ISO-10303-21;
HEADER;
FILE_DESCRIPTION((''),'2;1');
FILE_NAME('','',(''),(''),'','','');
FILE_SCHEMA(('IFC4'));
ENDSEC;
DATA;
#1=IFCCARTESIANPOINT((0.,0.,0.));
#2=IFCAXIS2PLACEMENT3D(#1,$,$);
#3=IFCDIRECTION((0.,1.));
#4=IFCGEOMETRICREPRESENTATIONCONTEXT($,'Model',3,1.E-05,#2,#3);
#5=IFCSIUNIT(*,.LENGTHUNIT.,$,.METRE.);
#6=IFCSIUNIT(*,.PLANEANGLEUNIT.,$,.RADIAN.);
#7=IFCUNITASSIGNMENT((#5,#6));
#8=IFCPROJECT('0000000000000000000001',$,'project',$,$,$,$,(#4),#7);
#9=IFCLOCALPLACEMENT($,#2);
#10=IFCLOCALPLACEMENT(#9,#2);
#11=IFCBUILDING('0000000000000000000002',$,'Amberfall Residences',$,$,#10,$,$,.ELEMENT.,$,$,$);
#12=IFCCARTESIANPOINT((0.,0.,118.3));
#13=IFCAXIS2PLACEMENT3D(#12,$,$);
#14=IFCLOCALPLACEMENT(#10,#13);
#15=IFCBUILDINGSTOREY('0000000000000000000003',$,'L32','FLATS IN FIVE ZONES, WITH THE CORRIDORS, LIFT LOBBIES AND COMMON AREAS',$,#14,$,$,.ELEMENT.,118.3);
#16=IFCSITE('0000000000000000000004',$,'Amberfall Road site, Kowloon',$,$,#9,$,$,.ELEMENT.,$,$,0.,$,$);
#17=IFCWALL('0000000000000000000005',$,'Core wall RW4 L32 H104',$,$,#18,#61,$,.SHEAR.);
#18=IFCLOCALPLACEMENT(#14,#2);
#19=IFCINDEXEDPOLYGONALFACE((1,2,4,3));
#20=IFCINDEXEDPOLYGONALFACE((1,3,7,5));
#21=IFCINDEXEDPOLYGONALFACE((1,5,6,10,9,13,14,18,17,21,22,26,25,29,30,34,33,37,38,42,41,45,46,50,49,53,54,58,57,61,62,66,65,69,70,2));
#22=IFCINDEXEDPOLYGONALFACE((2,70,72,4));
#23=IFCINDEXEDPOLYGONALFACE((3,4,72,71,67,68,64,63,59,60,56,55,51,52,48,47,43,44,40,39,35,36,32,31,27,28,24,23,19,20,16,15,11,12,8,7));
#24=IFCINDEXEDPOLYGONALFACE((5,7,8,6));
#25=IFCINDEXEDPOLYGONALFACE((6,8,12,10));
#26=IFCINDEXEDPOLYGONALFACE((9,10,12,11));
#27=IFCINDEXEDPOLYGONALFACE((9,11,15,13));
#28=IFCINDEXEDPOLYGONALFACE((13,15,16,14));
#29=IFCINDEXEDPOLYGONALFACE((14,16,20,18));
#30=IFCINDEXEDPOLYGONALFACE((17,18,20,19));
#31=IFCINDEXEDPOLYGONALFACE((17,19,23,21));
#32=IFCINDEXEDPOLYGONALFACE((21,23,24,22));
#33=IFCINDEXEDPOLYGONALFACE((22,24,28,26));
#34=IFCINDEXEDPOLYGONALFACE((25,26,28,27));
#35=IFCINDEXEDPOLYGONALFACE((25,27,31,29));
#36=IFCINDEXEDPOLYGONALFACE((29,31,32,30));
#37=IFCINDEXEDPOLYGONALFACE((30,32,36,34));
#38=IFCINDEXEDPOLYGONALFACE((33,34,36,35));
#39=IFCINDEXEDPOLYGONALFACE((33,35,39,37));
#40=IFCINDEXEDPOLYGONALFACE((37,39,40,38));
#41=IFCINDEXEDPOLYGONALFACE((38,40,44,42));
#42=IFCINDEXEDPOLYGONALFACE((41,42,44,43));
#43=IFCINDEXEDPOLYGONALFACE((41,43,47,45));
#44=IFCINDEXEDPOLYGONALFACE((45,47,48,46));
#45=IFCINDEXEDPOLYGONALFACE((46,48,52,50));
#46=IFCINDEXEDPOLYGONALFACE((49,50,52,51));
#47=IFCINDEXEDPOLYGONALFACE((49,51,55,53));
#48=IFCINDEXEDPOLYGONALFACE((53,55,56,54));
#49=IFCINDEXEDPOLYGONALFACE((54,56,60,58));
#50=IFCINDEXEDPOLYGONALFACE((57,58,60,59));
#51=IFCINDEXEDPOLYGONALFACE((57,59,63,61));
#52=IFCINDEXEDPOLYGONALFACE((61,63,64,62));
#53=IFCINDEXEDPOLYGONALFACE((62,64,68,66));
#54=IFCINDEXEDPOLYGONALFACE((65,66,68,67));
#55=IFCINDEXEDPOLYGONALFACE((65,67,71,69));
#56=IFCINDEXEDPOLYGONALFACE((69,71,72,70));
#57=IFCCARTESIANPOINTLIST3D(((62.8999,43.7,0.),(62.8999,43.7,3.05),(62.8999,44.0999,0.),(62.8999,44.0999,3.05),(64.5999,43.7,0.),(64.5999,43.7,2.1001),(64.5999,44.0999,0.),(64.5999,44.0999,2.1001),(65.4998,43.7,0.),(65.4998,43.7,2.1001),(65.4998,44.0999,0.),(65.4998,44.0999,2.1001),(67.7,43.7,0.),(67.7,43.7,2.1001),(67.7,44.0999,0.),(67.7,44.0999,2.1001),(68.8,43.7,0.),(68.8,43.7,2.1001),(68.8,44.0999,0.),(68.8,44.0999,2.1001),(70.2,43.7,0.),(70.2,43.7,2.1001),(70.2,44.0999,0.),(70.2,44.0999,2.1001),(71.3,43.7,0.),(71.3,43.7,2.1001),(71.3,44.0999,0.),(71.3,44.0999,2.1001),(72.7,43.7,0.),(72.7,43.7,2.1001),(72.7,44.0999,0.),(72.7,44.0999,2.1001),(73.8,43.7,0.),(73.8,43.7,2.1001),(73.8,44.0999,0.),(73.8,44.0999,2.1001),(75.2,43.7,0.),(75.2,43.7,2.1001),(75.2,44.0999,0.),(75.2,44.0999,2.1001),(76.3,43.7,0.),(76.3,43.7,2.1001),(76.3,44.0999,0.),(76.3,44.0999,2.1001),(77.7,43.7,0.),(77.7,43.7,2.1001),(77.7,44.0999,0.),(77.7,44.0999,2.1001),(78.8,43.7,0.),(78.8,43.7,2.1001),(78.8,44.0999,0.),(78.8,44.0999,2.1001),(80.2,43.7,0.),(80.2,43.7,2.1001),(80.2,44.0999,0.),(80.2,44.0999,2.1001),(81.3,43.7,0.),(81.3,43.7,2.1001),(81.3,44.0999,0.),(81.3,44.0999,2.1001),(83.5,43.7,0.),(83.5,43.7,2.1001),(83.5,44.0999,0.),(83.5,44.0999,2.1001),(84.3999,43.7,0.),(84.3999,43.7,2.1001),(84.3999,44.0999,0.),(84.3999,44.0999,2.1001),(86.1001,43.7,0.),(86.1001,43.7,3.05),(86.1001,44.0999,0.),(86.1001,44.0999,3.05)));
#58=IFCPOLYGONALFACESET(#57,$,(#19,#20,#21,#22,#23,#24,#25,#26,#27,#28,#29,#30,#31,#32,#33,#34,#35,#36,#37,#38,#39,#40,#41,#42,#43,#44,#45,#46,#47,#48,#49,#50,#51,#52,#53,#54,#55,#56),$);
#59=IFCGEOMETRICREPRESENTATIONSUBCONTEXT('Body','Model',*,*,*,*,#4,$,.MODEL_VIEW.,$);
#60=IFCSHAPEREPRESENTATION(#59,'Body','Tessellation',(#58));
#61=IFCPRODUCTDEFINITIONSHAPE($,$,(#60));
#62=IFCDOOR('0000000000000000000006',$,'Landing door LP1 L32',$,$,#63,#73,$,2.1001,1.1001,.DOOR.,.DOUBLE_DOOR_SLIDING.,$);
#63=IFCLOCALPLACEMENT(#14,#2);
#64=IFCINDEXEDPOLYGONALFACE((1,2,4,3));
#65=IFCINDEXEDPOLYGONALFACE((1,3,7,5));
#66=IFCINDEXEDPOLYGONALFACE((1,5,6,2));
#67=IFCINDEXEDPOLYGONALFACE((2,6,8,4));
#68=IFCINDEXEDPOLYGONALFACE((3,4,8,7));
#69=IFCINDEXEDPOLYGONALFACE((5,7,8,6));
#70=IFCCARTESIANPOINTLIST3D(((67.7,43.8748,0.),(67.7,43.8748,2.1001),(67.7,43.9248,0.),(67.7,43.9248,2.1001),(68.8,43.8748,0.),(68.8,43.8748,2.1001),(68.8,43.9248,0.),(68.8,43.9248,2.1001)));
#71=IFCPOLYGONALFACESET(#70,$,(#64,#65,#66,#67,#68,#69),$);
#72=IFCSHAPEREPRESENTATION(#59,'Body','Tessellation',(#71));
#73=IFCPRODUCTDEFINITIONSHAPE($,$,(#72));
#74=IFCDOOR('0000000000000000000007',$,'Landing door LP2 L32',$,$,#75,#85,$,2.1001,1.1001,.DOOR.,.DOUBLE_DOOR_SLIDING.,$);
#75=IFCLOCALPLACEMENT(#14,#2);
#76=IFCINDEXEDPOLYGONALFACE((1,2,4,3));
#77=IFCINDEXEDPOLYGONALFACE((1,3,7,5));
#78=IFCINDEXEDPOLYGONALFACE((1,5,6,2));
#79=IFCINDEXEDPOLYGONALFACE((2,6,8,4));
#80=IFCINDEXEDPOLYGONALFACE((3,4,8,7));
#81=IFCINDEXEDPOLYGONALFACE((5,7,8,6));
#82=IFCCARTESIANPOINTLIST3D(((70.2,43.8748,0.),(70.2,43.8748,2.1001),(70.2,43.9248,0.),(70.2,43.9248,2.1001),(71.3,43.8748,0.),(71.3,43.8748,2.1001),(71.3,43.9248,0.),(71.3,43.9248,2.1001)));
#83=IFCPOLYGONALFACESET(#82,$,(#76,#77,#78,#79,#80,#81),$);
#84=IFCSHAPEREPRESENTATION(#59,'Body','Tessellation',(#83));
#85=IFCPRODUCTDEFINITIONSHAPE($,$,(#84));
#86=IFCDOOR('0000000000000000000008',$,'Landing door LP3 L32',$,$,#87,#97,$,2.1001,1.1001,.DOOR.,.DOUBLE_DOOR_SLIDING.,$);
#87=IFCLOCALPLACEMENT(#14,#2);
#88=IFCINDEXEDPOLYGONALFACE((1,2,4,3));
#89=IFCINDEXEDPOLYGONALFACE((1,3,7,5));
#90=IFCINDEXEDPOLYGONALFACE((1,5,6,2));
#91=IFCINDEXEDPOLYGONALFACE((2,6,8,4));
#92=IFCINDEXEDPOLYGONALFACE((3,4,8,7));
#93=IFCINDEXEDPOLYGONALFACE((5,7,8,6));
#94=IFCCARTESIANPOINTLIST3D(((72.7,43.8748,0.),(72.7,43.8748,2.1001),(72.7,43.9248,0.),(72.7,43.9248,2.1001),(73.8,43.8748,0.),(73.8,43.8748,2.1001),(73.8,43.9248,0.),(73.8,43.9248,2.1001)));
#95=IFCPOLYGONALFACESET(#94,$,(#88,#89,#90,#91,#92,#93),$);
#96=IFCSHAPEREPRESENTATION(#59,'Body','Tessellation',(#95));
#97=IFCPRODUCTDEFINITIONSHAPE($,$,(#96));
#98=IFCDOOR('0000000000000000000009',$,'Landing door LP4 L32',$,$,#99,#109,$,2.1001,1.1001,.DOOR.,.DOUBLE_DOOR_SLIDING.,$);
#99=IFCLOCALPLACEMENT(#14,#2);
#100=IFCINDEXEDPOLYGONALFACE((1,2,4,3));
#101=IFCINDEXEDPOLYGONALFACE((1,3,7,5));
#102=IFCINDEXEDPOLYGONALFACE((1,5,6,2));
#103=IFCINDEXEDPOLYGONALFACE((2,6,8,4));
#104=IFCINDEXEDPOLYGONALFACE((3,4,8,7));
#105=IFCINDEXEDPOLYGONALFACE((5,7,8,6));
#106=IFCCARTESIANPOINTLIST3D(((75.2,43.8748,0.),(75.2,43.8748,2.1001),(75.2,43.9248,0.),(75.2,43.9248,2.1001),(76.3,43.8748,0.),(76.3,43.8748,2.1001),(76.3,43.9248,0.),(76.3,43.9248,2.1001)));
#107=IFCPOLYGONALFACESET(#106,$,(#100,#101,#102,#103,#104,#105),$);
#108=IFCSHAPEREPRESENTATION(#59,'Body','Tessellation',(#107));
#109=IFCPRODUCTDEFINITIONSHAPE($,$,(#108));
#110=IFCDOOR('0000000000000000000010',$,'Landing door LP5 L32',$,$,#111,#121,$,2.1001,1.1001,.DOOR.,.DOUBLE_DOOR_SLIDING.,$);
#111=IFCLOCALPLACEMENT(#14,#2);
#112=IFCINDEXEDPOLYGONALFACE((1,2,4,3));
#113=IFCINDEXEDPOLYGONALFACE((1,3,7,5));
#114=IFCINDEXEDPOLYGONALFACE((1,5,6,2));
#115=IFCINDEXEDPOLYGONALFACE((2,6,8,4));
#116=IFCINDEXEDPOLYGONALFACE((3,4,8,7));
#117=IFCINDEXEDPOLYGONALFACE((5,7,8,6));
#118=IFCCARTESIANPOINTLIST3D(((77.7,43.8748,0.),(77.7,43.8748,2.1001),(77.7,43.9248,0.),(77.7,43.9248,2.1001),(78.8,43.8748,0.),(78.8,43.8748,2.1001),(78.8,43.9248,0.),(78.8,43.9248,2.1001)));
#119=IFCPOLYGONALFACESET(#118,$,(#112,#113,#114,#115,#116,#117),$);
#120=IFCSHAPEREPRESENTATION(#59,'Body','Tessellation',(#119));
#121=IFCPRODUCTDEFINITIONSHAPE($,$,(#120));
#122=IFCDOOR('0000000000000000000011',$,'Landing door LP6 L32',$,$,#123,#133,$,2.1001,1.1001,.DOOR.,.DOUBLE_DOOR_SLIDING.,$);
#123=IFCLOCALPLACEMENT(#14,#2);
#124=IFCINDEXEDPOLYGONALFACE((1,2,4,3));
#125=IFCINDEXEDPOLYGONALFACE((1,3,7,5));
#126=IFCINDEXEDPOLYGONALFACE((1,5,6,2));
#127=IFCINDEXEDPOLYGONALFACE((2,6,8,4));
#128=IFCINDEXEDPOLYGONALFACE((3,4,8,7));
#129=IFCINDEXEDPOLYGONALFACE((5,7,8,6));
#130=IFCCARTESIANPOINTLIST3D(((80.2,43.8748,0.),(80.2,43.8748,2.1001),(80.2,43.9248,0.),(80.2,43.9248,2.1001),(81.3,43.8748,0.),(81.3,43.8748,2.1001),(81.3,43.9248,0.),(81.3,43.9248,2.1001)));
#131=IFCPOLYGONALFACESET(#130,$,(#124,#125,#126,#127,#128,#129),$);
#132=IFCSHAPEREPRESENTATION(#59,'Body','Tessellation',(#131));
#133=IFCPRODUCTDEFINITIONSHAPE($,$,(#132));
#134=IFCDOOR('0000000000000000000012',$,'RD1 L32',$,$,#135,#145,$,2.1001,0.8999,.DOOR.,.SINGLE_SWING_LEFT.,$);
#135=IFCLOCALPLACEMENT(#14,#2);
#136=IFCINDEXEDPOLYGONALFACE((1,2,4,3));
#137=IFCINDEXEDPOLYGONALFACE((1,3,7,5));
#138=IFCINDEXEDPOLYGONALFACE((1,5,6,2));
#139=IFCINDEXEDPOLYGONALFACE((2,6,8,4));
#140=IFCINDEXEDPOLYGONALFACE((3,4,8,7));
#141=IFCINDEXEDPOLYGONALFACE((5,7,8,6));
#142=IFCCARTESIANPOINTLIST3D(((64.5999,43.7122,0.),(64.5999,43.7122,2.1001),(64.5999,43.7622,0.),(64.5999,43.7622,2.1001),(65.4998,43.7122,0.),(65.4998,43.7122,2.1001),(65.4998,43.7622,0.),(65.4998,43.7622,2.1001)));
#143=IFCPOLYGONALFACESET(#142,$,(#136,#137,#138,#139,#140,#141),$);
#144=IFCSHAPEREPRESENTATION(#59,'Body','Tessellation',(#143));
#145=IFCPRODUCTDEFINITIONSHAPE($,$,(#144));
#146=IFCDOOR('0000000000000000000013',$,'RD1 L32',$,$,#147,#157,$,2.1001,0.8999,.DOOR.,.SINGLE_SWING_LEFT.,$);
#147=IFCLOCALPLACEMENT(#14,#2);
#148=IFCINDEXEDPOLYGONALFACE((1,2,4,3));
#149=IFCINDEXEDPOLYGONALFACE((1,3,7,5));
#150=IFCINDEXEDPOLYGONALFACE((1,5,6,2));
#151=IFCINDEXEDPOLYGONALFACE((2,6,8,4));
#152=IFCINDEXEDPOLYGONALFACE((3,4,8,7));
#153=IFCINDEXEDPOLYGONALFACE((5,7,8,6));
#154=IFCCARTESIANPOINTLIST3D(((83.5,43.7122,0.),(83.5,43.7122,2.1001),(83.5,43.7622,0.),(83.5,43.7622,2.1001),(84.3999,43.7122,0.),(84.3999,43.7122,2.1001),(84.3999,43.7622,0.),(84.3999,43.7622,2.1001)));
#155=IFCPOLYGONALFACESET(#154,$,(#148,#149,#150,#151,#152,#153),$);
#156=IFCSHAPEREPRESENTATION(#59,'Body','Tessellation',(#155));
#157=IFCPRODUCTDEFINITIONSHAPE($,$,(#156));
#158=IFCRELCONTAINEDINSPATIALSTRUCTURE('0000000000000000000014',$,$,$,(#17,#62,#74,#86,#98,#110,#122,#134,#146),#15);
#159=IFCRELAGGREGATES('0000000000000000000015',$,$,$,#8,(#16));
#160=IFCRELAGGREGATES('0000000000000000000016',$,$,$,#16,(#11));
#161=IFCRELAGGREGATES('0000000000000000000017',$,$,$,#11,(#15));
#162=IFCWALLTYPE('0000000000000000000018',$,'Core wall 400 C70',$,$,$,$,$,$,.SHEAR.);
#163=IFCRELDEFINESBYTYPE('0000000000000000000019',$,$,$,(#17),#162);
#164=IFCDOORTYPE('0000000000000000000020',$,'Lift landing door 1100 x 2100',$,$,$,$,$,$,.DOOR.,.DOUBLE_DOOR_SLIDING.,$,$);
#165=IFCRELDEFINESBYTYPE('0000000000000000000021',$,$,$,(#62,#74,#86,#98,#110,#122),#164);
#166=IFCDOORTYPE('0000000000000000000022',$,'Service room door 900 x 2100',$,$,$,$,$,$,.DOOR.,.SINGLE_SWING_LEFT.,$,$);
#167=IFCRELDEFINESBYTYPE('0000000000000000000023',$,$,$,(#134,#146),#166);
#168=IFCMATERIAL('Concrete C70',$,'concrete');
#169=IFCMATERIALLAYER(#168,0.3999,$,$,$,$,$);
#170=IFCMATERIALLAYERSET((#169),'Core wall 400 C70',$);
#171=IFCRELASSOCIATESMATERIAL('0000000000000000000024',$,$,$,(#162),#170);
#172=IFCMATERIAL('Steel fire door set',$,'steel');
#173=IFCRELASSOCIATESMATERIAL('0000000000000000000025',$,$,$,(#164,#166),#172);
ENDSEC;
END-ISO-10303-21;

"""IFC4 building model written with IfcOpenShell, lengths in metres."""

from ifc_helpers import new_model, si_unit, direction, frame, frame_2d, origin, place, context, subcontext, project, spatial, rectangle, extrude, material, layer, layer_set, type_object, element, fill, save


model = new_model("IFC4")

# Units and contexts
model_context = context("Model", 3, precision=1e-05, world=origin(), true_north=direction((0.0, 1.0)))
body_context = subcontext(model_context, "Body", "Model", "MODEL_VIEW")
ifc_project = project(units=[si_unit("LENGTHUNIT", "METRE"), si_unit("PLANEANGLEUNIT", "RADIAN")], contexts=[model_context])

# Site, building, storey
site_placement = place(None, origin())
site = spatial("IfcSite", under=ifc_project, at=site_placement, Name="Amberfall Road site, Kowloon", CompositionType="ELEMENT", RefElevation=0.0)
building_placement = place(site_placement, origin())
building = spatial("IfcBuilding", under=site, at=building_placement, Name="Amberfall Residences", CompositionType="ELEMENT")
storey_placement = place(building_placement, frame((0.0, 0.0, 118.3)))
storey = spatial("IfcBuildingStorey", under=building, at=storey_placement, Name="L32", Description="FLATS IN FIVE ZONES, WITH THE CORRIDORS, LIFT LOBBIES AND COMMON AREAS", CompositionType="ELEMENT", Elevation=118.3)

# Shared definitions
ifc_material_1 = material(Name="Concrete C70", Category="concrete")
ifc_layer = layer(ifc_material_1, 0.3999)
ifc_layer_set = layer_set([ifc_layer], Name="Core wall 400 C70")
wall_type = type_object("IfcWallType", Name="Core wall 400 C70", PredefinedType="SHEAR", material=ifc_layer_set)

# Wall, openings, doors
wall_1_placement = place(storey_placement, frame((62.8999, 43.8999, 0.0), z_axis=(0.0, 0.0, 1.0), x_axis=(1.0, 0.0, 0.0)))
wall_1 = element("IfcWall", 1, at=wall_1_placement, inside=storey, type_object=wall_type, Name="Core wall RW4 L32 H104", PredefinedType="SHEAR", context=body_context, shape_type="SweptSolid", body=[
    extrude(rectangle(XDim=23.2002, YDim=0.3999, at=frame_2d((11.6001, 0.0))), origin(), (0.0, 0.0, 1.0), 3.05),
])
opening_1_placement = place(wall_1_placement, frame((1.7, 0.0, 0.0)))
opening_1 = element("IfcOpeningElement", 2, at=opening_1_placement, cuts=wall_1, PredefinedType="OPENING", context=body_context, shape_type="SweptSolid", body=[
    extrude(rectangle(XDim=0.8999, YDim=2.1001, at=frame_2d((0.45, 1.05))), frame((0.0, 0.21, 0.0), z_axis=(0.0, -1.0, 0.0), x_axis=(1.0, 0.0, 0.0)), (0.0, 0.0, 1.0), 0.4199),
])
opening_2_placement = place(wall_1_placement, frame((20.6001, 0.0, 0.0)))
opening_2 = element("IfcOpeningElement", 3, at=opening_2_placement, cuts=wall_1, PredefinedType="OPENING", context=body_context, shape_type="SweptSolid", body=[
    extrude(rectangle(XDim=0.8999, YDim=2.1001, at=frame_2d((0.45, 1.05))), frame((0.0, 0.21, 0.0), z_axis=(0.0, -1.0, 0.0), x_axis=(1.0, 0.0, 0.0)), (0.0, 0.0, 1.0), 0.4199),
])
opening_3_placement = place(wall_1_placement, frame((4.8, 0.0, 0.0)))
opening_3 = element("IfcOpeningElement", 4, at=opening_3_placement, cuts=wall_1, PredefinedType="OPENING", context=body_context, shape_type="SweptSolid", body=[
    extrude(rectangle(XDim=1.1001, YDim=2.1001, at=frame_2d((0.55, 1.05))), frame((0.0, 0.21, 0.0), z_axis=(0.0, -1.0, 0.0), x_axis=(1.0, 0.0, 0.0)), (0.0, 0.0, 1.0), 0.4199),
])
opening_4_placement = place(wall_1_placement, frame((7.3, 0.0, 0.0)))
opening_4 = element("IfcOpeningElement", 5, at=opening_4_placement, cuts=wall_1, PredefinedType="OPENING", context=body_context, shape_type="SweptSolid", body=[
    extrude(rectangle(XDim=1.1001, YDim=2.1001, at=frame_2d((0.55, 1.05))), frame((0.0, 0.21, 0.0), z_axis=(0.0, -1.0, 0.0), x_axis=(1.0, 0.0, 0.0)), (0.0, 0.0, 1.0), 0.4199),
])
opening_5_placement = place(wall_1_placement, frame((9.8, 0.0, 0.0)))
opening_5 = element("IfcOpeningElement", 6, at=opening_5_placement, cuts=wall_1, PredefinedType="OPENING", context=body_context, shape_type="SweptSolid", body=[
    extrude(rectangle(XDim=1.1001, YDim=2.1001, at=frame_2d((0.55, 1.05))), frame((0.0, 0.21, 0.0), z_axis=(0.0, -1.0, 0.0), x_axis=(1.0, 0.0, 0.0)), (0.0, 0.0, 1.0), 0.4199),
])
opening_6_placement = place(wall_1_placement, frame((12.3, 0.0, 0.0)))
opening_6 = element("IfcOpeningElement", 7, at=opening_6_placement, cuts=wall_1, PredefinedType="OPENING", context=body_context, shape_type="SweptSolid", body=[
    extrude(rectangle(XDim=1.1001, YDim=2.1001, at=frame_2d((0.55, 1.05))), frame((0.0, 0.21, 0.0), z_axis=(0.0, -1.0, 0.0), x_axis=(1.0, 0.0, 0.0)), (0.0, 0.0, 1.0), 0.4199),
])
opening_7_placement = place(wall_1_placement, frame((14.8, 0.0, 0.0)))
opening_7 = element("IfcOpeningElement", 8, at=opening_7_placement, cuts=wall_1, PredefinedType="OPENING", context=body_context, shape_type="SweptSolid", body=[
    extrude(rectangle(XDim=1.1001, YDim=2.1001, at=frame_2d((0.55, 1.05))), frame((0.0, 0.21, 0.0), z_axis=(0.0, -1.0, 0.0), x_axis=(1.0, 0.0, 0.0)), (0.0, 0.0, 1.0), 0.4199),
])
opening_8_placement = place(wall_1_placement, frame((17.3, 0.0, 0.0)))
opening_8 = element("IfcOpeningElement", 9, at=opening_8_placement, cuts=wall_1, PredefinedType="OPENING", context=body_context, shape_type="SweptSolid", body=[
    extrude(rectangle(XDim=1.1001, YDim=2.1001, at=frame_2d((0.55, 1.05))), frame((0.0, 0.21, 0.0), z_axis=(0.0, -1.0, 0.0), x_axis=(1.0, 0.0, 0.0)), (0.0, 0.0, 1.0), 0.4199),
])
ifc_material_2 = material(Name="Steel fire door set", Category="steel")
door_type_1 = type_object("IfcDoorType", Name="Lift landing door 1100 x 2100", OperationType="DOUBLE_DOOR_SLIDING", PredefinedType="DOOR", material=ifc_material_2)
door_1_placement = place(opening_3_placement, origin())
door_1 = element("IfcDoor", 10, at=door_1_placement, inside=storey, type_object=door_type_1, Name="Landing door LP1 L32", OperationType="DOUBLE_DOOR_SLIDING", OverallHeight=2.1001, OverallWidth=1.1001, PredefinedType="DOOR", context=body_context, shape_type="SweptSolid", body=[
    extrude(rectangle(XDim=1.1001, YDim=2.1001, at=frame_2d((0.55, 1.05))), frame((0.0, 0.0249, 0.0), z_axis=(0.0, -1.0, 0.0), x_axis=(1.0, 0.0, 0.0)), (0.0, 0.0, 1.0), 0.05),
])
fill(opening_3, door_1)
door_2_placement = place(opening_4_placement, origin())
door_2 = element("IfcDoor", 11, at=door_2_placement, inside=storey, type_object=door_type_1, Name="Landing door LP2 L32", OperationType="DOUBLE_DOOR_SLIDING", OverallHeight=2.1001, OverallWidth=1.1001, PredefinedType="DOOR", context=body_context, shape_type="SweptSolid", body=[
    extrude(rectangle(XDim=1.1001, YDim=2.1001, at=frame_2d((0.55, 1.05))), frame((0.0, 0.0249, 0.0), z_axis=(0.0, -1.0, 0.0), x_axis=(1.0, 0.0, 0.0)), (0.0, 0.0, 1.0), 0.05),
])
fill(opening_4, door_2)
door_3_placement = place(opening_5_placement, origin())
door_3 = element("IfcDoor", 12, at=door_3_placement, inside=storey, type_object=door_type_1, Name="Landing door LP3 L32", OperationType="DOUBLE_DOOR_SLIDING", OverallHeight=2.1001, OverallWidth=1.1001, PredefinedType="DOOR", context=body_context, shape_type="SweptSolid", body=[
    extrude(rectangle(XDim=1.1001, YDim=2.1001, at=frame_2d((0.55, 1.05))), frame((0.0, 0.0249, 0.0), z_axis=(0.0, -1.0, 0.0), x_axis=(1.0, 0.0, 0.0)), (0.0, 0.0, 1.0), 0.05),
])
fill(opening_5, door_3)
door_4_placement = place(opening_6_placement, origin())
door_4 = element("IfcDoor", 13, at=door_4_placement, inside=storey, type_object=door_type_1, Name="Landing door LP4 L32", OperationType="DOUBLE_DOOR_SLIDING", OverallHeight=2.1001, OverallWidth=1.1001, PredefinedType="DOOR", context=body_context, shape_type="SweptSolid", body=[
    extrude(rectangle(XDim=1.1001, YDim=2.1001, at=frame_2d((0.55, 1.05))), frame((0.0, 0.0249, 0.0), z_axis=(0.0, -1.0, 0.0), x_axis=(1.0, 0.0, 0.0)), (0.0, 0.0, 1.0), 0.05),
])
fill(opening_6, door_4)
door_5_placement = place(opening_7_placement, origin())
door_5 = element("IfcDoor", 14, at=door_5_placement, inside=storey, type_object=door_type_1, Name="Landing door LP5 L32", OperationType="DOUBLE_DOOR_SLIDING", OverallHeight=2.1001, OverallWidth=1.1001, PredefinedType="DOOR", context=body_context, shape_type="SweptSolid", body=[
    extrude(rectangle(XDim=1.1001, YDim=2.1001, at=frame_2d((0.55, 1.05))), frame((0.0, 0.0249, 0.0), z_axis=(0.0, -1.0, 0.0), x_axis=(1.0, 0.0, 0.0)), (0.0, 0.0, 1.0), 0.05),
])
fill(opening_7, door_5)
door_6_placement = place(opening_8_placement, origin())
door_6 = element("IfcDoor", 15, at=door_6_placement, inside=storey, type_object=door_type_1, Name="Landing door LP6 L32", OperationType="DOUBLE_DOOR_SLIDING", OverallHeight=2.1001, OverallWidth=1.1001, PredefinedType="DOOR", context=body_context, shape_type="SweptSolid", body=[
    extrude(rectangle(XDim=1.1001, YDim=2.1001, at=frame_2d((0.55, 1.05))), frame((0.0, 0.0249, 0.0), z_axis=(0.0, -1.0, 0.0), x_axis=(1.0, 0.0, 0.0)), (0.0, 0.0, 1.0), 0.05),
])
fill(opening_8, door_6)
door_type_2 = type_object("IfcDoorType", Name="Service room door 900 x 2100", OperationType="SINGLE_SWING_LEFT", PredefinedType="DOOR", material=ifc_material_2)
door_7_placement = place(opening_1_placement, origin())
door_7 = element("IfcDoor", 16, at=door_7_placement, inside=storey, type_object=door_type_2, Name="RD1 L32", OperationType="SINGLE_SWING_LEFT", OverallHeight=2.1001, OverallWidth=0.8999, PredefinedType="DOOR", context=body_context, shape_type="SweptSolid", body=[
    extrude(rectangle(XDim=0.8999, YDim=2.1001, at=frame_2d((0.45, 1.05))), frame((0.0, -0.1377, 0.0), z_axis=(0.0, -1.0, 0.0), x_axis=(1.0, 0.0, 0.0)), (0.0, 0.0, 1.0), 0.05),
])
fill(opening_1, door_7)
door_8_placement = place(opening_2_placement, origin())
door_8 = element("IfcDoor", 17, at=door_8_placement, inside=storey, type_object=door_type_2, Name="RD1 L32", OperationType="SINGLE_SWING_LEFT", OverallHeight=2.1001, OverallWidth=0.8999, PredefinedType="DOOR", context=body_context, shape_type="SweptSolid", body=[
    extrude(rectangle(XDim=0.8999, YDim=2.1001, at=frame_2d((0.45, 1.05))), frame((0.0, -0.1377, 0.0), z_axis=(0.0, -1.0, 0.0), x_axis=(1.0, 0.0, 0.0)), (0.0, 0.0, 1.0), 0.05),
])
fill(opening_2, door_8)

save(model, "model.ifc")
